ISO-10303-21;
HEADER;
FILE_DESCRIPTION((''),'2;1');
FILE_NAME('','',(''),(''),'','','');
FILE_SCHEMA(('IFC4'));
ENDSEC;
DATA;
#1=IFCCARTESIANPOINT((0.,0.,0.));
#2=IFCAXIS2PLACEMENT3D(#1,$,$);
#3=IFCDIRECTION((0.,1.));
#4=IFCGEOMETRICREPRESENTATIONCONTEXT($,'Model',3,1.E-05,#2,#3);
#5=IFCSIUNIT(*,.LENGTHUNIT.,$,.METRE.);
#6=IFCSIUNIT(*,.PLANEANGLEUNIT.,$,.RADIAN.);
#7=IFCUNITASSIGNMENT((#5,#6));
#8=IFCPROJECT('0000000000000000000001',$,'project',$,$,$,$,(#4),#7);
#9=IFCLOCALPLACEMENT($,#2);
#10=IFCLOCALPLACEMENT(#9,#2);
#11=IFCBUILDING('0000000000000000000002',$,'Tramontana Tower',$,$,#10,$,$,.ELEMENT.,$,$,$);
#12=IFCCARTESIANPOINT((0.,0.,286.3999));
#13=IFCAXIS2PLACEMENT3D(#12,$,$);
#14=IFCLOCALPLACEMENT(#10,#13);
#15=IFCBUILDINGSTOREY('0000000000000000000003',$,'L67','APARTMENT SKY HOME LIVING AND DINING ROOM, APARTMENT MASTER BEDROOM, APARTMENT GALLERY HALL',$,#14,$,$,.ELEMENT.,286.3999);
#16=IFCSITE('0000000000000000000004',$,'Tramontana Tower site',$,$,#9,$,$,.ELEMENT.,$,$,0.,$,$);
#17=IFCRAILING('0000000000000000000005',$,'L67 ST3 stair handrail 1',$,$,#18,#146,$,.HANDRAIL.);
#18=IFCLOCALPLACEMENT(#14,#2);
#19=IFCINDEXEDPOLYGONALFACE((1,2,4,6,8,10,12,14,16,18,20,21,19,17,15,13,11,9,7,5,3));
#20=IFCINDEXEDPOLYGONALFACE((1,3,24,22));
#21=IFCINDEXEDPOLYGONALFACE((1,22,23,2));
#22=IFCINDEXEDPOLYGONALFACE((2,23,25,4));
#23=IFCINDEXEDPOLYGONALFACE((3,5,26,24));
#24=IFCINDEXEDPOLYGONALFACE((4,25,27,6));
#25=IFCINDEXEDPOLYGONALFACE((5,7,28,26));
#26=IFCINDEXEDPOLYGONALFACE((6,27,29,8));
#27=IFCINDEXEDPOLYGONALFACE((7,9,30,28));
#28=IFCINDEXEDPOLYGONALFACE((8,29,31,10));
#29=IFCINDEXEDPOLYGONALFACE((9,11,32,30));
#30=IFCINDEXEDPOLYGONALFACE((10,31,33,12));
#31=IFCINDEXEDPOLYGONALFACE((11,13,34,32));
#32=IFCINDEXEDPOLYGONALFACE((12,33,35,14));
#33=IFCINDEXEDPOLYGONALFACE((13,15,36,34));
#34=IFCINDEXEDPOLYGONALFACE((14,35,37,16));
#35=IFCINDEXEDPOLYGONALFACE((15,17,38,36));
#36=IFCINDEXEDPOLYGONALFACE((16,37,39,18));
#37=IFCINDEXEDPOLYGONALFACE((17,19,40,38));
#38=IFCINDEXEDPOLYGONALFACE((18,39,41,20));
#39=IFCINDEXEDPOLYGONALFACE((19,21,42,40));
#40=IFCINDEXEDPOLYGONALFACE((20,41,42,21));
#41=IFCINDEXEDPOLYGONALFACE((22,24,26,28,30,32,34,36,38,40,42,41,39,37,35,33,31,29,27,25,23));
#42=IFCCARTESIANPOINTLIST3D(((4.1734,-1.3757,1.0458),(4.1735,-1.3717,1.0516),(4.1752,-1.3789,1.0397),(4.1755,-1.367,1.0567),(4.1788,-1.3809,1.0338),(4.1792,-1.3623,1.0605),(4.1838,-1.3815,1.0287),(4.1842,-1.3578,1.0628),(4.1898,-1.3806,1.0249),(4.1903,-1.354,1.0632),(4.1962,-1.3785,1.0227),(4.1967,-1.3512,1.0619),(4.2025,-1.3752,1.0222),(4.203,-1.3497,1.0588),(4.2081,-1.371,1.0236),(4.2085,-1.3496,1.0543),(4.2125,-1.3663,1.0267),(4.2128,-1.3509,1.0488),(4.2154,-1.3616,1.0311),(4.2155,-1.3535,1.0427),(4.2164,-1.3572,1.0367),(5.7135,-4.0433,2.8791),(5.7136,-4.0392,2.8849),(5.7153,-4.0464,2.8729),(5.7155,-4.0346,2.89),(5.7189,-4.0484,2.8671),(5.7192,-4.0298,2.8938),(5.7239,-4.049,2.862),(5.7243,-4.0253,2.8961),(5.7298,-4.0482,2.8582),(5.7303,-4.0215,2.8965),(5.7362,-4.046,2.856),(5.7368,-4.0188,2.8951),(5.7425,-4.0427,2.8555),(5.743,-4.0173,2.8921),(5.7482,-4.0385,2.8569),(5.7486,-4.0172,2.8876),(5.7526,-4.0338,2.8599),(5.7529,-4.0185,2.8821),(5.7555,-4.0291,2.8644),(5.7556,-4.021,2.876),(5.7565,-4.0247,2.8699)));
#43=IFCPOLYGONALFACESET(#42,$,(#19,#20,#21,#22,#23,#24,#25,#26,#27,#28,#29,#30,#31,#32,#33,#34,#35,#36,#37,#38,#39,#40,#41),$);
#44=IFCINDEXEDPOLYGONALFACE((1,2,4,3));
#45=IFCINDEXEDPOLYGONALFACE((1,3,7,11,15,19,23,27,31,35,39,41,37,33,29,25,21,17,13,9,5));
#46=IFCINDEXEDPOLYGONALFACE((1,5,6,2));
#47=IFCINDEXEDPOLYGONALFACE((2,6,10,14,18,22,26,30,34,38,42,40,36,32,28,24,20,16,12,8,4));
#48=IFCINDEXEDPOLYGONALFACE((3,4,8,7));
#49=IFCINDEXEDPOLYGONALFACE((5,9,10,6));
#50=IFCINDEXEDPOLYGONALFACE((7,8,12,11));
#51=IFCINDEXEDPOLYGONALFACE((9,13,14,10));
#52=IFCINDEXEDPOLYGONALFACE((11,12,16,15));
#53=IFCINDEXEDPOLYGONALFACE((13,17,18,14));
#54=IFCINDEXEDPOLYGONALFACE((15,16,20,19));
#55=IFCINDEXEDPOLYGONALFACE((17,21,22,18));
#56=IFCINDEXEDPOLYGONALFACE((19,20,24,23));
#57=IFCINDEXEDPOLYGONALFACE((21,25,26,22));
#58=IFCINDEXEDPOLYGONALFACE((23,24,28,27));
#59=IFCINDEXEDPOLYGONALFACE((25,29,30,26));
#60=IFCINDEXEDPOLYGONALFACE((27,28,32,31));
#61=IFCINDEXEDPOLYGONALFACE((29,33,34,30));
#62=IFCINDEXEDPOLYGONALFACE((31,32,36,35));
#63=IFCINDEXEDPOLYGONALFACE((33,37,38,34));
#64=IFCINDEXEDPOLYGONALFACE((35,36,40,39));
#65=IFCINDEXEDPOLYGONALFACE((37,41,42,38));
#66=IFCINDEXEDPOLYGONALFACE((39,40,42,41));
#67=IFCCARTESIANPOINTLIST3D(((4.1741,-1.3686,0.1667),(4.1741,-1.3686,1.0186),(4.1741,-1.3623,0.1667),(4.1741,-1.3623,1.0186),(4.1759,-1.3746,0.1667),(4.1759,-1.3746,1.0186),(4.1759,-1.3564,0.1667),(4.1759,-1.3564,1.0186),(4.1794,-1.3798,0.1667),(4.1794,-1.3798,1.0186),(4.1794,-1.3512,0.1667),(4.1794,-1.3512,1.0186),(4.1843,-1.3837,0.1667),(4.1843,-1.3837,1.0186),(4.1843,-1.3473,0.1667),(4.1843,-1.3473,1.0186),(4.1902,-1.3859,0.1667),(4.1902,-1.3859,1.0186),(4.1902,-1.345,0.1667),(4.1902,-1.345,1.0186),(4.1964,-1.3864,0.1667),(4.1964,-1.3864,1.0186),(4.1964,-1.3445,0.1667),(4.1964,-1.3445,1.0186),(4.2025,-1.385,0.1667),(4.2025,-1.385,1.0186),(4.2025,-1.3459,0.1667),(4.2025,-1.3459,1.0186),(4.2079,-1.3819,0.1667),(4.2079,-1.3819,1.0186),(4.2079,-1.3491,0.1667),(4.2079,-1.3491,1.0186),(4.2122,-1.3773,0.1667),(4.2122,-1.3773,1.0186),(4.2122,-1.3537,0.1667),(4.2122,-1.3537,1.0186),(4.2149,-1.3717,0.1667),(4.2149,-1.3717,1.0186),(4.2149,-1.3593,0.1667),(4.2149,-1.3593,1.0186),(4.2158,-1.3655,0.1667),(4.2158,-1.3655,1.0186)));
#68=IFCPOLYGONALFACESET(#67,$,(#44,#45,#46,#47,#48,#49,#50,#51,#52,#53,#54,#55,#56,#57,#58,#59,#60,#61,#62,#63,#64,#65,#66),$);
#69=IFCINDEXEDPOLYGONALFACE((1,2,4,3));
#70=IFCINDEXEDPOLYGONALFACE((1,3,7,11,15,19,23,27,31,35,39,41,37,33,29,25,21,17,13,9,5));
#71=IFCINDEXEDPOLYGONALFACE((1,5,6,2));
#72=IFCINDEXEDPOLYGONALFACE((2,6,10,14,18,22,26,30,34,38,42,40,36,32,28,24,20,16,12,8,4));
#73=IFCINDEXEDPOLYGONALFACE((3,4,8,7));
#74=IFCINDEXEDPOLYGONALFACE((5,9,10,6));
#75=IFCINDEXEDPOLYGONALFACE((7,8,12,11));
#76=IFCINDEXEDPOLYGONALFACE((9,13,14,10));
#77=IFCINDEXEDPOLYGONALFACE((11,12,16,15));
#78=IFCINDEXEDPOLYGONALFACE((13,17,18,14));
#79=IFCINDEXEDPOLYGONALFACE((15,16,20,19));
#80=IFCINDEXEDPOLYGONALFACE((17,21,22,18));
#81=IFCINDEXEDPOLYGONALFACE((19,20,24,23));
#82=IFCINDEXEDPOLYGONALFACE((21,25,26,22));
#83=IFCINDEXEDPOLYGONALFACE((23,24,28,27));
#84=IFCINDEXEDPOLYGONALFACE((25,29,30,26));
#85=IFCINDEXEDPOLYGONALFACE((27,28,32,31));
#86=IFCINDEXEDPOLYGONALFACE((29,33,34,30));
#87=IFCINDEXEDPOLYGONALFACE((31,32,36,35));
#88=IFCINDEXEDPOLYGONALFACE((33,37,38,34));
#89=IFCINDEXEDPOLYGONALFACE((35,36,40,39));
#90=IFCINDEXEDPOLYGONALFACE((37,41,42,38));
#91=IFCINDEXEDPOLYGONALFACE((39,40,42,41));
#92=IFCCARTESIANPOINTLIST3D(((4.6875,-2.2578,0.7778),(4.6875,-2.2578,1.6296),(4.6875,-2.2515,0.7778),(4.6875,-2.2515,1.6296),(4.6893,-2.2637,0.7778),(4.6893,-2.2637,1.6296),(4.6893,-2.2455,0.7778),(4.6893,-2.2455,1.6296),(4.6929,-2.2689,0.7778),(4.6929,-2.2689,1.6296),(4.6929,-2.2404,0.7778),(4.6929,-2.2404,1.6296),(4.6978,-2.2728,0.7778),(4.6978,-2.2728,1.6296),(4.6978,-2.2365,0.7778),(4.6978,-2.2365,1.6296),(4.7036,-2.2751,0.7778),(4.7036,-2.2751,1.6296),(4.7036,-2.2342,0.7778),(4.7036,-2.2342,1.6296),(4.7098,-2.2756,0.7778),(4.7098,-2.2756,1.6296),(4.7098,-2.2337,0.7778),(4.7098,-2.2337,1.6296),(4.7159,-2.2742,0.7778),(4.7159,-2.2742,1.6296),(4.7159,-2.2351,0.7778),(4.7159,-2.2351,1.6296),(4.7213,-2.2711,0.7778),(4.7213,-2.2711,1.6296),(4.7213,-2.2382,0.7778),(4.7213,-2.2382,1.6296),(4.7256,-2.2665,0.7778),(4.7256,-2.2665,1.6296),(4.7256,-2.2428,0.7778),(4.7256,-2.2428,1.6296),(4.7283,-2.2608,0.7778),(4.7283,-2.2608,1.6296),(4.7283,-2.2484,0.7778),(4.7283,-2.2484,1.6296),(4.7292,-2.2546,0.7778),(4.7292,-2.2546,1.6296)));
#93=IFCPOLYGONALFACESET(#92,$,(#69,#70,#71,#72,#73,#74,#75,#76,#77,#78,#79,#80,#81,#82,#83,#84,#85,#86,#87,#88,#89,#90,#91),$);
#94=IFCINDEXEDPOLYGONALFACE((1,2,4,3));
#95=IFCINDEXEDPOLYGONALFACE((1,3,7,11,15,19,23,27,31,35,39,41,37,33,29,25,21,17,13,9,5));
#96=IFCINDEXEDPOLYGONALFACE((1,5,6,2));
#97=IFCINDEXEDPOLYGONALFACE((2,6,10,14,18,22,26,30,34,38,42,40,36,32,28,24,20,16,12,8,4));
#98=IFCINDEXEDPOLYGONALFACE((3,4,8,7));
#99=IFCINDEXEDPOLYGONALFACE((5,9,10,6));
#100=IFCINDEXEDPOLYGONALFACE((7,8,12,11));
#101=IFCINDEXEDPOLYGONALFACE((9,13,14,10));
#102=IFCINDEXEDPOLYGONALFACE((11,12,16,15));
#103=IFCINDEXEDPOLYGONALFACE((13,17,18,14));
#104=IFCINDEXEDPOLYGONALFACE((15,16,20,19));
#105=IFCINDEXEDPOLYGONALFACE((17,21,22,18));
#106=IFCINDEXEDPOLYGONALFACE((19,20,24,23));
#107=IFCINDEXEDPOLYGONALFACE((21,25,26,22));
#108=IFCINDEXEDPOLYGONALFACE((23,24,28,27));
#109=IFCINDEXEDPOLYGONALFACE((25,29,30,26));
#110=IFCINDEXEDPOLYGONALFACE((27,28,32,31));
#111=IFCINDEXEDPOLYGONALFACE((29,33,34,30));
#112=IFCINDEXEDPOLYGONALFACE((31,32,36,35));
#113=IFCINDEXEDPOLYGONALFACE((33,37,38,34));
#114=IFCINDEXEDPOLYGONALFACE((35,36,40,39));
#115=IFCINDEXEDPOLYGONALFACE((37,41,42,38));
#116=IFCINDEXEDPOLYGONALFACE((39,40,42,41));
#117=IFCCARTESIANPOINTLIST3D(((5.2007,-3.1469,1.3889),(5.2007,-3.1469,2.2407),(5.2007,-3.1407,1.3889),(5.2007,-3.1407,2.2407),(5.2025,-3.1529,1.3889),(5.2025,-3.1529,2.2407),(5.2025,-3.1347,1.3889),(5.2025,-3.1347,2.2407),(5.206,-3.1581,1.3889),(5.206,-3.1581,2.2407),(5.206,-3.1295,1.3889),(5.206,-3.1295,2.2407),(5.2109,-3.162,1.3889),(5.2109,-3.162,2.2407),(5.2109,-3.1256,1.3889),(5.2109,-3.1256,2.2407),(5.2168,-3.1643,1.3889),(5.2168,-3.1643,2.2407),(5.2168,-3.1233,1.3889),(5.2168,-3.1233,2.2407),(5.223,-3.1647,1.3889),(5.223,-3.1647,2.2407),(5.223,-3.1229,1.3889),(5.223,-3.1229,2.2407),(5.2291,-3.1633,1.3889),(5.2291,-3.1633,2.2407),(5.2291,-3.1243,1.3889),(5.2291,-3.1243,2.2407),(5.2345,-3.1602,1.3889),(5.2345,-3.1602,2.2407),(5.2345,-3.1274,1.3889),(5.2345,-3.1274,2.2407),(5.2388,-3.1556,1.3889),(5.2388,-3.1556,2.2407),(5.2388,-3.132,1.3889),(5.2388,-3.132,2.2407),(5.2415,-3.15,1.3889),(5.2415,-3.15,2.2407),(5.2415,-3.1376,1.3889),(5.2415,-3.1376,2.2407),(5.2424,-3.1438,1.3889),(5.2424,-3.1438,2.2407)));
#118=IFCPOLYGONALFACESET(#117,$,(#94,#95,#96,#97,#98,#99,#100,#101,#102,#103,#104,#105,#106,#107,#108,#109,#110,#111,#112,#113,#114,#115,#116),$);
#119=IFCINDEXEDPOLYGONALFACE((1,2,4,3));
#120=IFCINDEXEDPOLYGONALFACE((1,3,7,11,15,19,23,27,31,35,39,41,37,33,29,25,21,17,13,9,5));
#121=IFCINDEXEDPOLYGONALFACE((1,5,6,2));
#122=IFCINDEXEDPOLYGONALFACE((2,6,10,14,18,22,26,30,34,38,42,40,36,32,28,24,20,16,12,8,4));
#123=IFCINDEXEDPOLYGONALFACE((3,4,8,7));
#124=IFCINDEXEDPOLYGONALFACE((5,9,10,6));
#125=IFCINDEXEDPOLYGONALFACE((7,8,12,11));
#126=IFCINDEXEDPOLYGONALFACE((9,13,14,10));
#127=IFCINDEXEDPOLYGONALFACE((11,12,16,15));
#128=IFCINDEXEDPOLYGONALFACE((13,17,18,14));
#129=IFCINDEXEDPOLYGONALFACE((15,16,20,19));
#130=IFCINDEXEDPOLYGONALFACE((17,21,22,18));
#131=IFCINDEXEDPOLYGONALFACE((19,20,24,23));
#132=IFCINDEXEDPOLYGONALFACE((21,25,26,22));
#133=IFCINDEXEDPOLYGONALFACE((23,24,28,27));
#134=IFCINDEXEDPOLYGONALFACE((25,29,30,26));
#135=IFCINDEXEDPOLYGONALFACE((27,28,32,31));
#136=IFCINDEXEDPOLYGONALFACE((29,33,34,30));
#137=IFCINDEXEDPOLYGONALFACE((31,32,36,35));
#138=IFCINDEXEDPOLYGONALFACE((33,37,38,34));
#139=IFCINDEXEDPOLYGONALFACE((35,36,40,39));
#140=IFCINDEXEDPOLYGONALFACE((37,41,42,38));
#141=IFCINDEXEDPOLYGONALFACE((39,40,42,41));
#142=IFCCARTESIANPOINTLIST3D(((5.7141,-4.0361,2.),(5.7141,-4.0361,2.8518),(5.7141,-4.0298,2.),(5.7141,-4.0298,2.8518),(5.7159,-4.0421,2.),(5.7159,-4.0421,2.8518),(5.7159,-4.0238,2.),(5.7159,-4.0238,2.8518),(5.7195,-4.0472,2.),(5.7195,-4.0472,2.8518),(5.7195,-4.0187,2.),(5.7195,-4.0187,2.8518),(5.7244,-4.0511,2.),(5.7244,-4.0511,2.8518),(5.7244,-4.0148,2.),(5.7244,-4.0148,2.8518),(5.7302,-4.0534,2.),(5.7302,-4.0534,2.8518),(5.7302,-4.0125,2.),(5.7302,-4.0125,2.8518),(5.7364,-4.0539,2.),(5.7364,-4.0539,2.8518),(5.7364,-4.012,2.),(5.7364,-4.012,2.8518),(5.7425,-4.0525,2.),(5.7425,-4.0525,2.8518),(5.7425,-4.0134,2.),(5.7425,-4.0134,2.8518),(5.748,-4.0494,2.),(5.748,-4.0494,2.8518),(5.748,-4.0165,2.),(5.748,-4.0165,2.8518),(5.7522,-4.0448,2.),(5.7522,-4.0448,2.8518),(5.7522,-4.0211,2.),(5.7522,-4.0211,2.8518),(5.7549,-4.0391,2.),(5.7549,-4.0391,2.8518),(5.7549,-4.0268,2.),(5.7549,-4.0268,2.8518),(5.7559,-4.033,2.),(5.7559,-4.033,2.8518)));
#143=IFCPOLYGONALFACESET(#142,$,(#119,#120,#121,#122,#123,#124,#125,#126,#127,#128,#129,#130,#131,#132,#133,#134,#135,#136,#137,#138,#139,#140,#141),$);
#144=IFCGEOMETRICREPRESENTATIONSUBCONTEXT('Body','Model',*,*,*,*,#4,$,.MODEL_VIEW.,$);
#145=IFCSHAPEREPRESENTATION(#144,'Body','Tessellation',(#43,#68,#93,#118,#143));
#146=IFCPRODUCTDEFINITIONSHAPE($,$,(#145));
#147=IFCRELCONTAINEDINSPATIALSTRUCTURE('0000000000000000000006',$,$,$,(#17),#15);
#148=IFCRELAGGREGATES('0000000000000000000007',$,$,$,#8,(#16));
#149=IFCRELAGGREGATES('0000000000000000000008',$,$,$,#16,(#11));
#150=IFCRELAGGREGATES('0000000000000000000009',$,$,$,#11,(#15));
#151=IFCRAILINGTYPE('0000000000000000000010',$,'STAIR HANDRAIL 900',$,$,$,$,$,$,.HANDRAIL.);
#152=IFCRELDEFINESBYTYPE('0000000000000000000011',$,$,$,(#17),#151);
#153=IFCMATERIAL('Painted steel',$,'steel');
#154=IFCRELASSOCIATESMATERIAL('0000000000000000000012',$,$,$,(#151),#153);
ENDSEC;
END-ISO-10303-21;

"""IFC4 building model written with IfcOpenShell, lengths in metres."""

from ifc_helpers import new_model, si_unit, direction, frame, origin, origin_2d, place, context, subcontext, project, spatial, circle, extrude, material, type_object, element, save


model = new_model("IFC4")

# Units and contexts
model_context = context("Model", 3, precision=1e-05, world=origin(), true_north=direction((0.0, 1.0)))
body_context = subcontext(model_context, "Body", "Model", "MODEL_VIEW")
ifc_project = project(units=[si_unit("LENGTHUNIT", "METRE"), si_unit("PLANEANGLEUNIT", "RADIAN")], contexts=[model_context])

# Site, building, storey
site_placement = place(None, origin())
site = spatial("IfcSite", under=ifc_project, at=site_placement, Name="Tramontana Tower site", CompositionType="ELEMENT", RefElevation=0.0)
building_placement = place(site_placement, origin())
building = spatial("IfcBuilding", under=site, at=building_placement, Name="Tramontana Tower", CompositionType="ELEMENT")
storey_placement = place(building_placement, frame((0.0, 0.0, 286.3999)))
storey = spatial("IfcBuildingStorey", under=building, at=storey_placement, Name="L67", Description="APARTMENT SKY HOME LIVING AND DINING ROOM, APARTMENT MASTER BEDROOM, APARTMENT GALLERY HALL", CompositionType="ELEMENT", Elevation=286.3999)

# Railing
ifc_material_1 = material(Name="Painted steel", Category="steel")
railing_type_1 = type_object("IfcRailingType", Name="STAIR HANDRAIL 900", PredefinedType="HANDRAIL", material=ifc_material_1)
railing_1_placement = place(storey_placement, frame((4.1948, -1.3655, 0.1667)))
element("IfcRailing", 1, at=railing_1_placement, inside=storey, type_object=railing_type_1, Name="L67 ST3 stair handrail 1", PredefinedType="HANDRAIL", context=body_context, shape_type="SweptSolid", body=[
    extrude(circle(Radius=0.0239, at=origin_2d()), frame((0.0, 0.0, 0.876), z_axis=(0.429649, -0.74419, 0.511452), x_axis=(0.86603, 0.499992, 0.0)), (0.0, 0.0, 1.0), 3.5845),
    extrude(circle(Radius=0.021, at=origin_2d()), origin(), (0.0, 0.0, 1.0), 0.8518),
    extrude(circle(Radius=0.021, at=origin_2d()), frame((0.5134, -0.8892, 0.6111)), (0.0, 0.0, 1.0), 0.8518),
    extrude(circle(Radius=0.021, at=origin_2d()), frame((1.0266, -1.7783, 1.2222)), (0.0, 0.0, 1.0), 0.8518),
    extrude(circle(Radius=0.021, at=origin_2d()), frame((1.54, -2.6675, 1.8333)), (0.0, 0.0, 1.0), 0.8518),
])

save(model, "model.ifc")
